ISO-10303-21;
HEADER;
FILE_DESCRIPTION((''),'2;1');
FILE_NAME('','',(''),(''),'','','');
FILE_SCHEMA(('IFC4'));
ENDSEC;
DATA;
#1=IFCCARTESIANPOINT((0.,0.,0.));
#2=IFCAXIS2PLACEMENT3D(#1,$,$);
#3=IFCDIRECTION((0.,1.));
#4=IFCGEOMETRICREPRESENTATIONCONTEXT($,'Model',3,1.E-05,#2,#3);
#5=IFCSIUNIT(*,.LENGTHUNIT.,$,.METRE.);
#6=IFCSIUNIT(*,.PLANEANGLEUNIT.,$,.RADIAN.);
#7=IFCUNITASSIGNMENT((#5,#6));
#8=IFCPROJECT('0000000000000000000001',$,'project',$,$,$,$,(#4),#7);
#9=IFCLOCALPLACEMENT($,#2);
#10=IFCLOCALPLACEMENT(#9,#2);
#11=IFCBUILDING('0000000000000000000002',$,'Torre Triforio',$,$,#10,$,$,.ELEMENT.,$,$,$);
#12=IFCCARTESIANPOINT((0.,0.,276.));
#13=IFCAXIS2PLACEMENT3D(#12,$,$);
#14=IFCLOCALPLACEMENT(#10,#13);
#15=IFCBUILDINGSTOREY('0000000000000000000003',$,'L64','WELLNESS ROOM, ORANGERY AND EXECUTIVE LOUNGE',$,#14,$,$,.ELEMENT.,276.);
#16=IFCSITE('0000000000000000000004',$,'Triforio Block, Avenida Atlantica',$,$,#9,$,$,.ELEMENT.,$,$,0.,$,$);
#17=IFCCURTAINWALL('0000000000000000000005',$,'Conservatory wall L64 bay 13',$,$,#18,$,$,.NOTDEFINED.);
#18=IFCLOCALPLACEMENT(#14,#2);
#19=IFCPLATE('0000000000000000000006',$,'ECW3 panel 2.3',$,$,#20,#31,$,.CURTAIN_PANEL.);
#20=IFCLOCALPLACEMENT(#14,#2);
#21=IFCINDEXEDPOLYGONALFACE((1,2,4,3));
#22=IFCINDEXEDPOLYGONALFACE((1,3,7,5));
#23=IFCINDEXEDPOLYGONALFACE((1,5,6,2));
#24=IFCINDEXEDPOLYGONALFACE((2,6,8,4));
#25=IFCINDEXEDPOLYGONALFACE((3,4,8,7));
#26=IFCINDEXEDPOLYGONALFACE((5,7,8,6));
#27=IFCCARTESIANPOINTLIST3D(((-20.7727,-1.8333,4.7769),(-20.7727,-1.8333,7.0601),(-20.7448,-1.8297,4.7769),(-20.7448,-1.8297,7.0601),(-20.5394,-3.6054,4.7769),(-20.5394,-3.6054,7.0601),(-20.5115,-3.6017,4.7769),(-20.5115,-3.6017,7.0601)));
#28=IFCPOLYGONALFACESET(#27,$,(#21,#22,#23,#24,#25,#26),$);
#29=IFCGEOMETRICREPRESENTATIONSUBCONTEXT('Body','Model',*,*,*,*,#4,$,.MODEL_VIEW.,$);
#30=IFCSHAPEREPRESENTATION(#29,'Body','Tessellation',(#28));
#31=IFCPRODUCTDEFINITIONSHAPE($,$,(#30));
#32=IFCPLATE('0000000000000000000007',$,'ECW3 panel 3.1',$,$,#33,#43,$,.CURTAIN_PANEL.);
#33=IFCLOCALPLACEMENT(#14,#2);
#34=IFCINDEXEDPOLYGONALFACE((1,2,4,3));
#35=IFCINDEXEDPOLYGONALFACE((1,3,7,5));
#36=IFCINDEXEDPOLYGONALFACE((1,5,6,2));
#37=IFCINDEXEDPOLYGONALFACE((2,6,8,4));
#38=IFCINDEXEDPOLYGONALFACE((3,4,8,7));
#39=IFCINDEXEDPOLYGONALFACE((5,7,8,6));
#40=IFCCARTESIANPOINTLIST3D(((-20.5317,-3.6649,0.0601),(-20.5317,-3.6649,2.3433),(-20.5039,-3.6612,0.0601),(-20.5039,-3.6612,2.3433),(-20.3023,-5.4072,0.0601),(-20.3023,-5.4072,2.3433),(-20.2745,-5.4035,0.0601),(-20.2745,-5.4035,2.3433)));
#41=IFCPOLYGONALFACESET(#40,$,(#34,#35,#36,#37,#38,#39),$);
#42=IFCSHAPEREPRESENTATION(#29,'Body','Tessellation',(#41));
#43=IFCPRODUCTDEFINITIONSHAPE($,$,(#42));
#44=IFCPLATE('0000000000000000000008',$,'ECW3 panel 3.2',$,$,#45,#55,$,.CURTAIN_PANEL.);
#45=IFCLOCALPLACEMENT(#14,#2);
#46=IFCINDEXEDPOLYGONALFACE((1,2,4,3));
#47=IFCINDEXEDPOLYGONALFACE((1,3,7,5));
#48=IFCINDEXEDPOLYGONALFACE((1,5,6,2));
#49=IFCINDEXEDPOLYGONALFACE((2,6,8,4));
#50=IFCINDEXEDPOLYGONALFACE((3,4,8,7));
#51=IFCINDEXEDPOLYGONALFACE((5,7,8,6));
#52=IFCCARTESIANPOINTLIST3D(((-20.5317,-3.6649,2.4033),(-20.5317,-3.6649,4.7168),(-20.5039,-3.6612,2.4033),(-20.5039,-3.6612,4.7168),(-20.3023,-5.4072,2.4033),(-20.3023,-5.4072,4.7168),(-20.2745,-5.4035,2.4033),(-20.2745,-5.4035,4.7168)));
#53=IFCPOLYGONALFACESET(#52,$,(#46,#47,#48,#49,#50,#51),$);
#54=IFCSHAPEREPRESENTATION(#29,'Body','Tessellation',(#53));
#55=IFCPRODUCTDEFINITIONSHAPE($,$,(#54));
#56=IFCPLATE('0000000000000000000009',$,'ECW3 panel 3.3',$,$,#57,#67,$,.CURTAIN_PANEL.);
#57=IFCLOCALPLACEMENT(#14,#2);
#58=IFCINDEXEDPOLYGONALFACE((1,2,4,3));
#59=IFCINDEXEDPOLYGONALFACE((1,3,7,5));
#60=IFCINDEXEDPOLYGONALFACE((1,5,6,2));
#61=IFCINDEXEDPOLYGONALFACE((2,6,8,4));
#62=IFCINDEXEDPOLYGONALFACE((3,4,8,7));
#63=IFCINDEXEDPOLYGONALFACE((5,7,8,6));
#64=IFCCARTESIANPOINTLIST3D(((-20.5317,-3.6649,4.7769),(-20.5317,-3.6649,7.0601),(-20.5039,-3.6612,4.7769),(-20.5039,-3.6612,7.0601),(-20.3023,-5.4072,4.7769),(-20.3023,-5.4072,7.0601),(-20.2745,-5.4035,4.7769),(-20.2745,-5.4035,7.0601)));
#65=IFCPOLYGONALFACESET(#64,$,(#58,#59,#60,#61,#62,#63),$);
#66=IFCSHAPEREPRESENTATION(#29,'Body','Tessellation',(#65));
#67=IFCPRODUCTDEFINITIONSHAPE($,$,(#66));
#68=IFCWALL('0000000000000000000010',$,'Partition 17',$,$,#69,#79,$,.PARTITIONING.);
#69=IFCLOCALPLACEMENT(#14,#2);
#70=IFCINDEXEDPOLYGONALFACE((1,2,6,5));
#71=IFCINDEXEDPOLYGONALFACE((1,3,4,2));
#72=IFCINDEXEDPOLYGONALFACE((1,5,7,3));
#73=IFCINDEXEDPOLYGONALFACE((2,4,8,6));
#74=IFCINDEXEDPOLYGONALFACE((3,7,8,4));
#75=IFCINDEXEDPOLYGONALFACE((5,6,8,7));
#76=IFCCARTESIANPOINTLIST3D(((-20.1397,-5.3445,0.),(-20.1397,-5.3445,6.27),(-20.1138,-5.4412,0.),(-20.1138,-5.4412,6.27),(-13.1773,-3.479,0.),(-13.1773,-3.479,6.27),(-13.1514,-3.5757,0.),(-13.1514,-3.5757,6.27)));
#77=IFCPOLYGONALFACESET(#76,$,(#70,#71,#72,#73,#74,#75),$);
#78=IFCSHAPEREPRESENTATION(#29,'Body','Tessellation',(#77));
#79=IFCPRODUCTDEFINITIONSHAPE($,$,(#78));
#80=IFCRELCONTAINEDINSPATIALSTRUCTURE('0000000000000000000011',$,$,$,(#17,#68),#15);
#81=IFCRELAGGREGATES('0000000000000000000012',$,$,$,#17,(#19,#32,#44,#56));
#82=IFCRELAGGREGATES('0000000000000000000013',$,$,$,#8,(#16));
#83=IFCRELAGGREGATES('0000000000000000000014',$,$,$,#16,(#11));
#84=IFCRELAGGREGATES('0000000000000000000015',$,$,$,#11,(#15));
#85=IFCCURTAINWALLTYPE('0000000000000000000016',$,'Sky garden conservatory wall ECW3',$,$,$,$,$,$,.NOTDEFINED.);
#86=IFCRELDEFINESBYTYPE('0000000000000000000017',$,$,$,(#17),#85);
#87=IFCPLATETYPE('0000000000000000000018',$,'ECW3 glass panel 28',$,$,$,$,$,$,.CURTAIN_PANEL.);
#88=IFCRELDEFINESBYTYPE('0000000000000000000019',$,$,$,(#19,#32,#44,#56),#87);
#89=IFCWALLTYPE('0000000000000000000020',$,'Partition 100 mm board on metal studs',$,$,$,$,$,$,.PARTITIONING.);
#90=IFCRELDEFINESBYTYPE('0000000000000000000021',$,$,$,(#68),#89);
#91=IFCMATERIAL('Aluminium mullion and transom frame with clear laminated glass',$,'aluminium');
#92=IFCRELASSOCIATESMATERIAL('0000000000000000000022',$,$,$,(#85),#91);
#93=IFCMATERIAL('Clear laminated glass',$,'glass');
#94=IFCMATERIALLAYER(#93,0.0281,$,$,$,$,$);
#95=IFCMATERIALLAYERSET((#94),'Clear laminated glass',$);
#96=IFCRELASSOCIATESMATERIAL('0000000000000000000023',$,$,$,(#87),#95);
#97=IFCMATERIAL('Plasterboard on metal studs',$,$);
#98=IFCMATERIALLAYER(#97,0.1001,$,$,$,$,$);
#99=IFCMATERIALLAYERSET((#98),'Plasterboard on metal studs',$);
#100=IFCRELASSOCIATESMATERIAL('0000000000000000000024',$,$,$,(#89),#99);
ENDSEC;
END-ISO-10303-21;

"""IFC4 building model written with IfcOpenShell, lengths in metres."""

from ifc_helpers import new_model, si_unit, direction, frame, frame_2d, origin, origin_2d, place, context, subcontext, project, spatial, rectangle, extrude, material, layer, layer_set, type_object, element, aggregate, save


model = new_model("IFC4")

# Units and contexts
model_context = context("Model", 3, precision=1e-05, world=origin(), true_north=direction((0.0, 1.0)))
body_context = subcontext(model_context, "Body", "Model", "MODEL_VIEW")
ifc_project = project(units=[si_unit("LENGTHUNIT", "METRE"), si_unit("PLANEANGLEUNIT", "RADIAN")], contexts=[model_context])

# Site, building, storey
site_placement = place(None, origin())
site = spatial("IfcSite", under=ifc_project, at=site_placement, Name="Triforio Block, Avenida Atlantica", CompositionType="ELEMENT", RefElevation=0.0)
building_placement = place(site_placement, origin())
building = spatial("IfcBuilding", under=site, at=building_placement, Name="Torre Triforio", CompositionType="ELEMENT")
storey_placement = place(building_placement, frame((0.0, 0.0, 276.0)))
storey = spatial("IfcBuildingStorey", under=building, at=storey_placement, Name="L64", Description="WELLNESS ROOM, ORANGERY AND EXECUTIVE LOUNGE", CompositionType="ELEMENT", Elevation=276.0)

# Curtain wall, plates
ifc_material_1 = material(Name="Aluminium mullion and transom frame with clear laminated glass", Category="aluminium")
curtain_wall_type = type_object("IfcCurtainWallType", Name="Sky garden conservatory wall ECW3", PredefinedType="NOTDEFINED", material=ifc_material_1)
curtain_wall_placement = place(storey_placement, origin())
curtain_wall = element("IfcCurtainWall", 1, at=curtain_wall_placement, inside=storey, type_object=curtain_wall_type, Name="Conservatory wall L64 bay 13", PredefinedType="NOTDEFINED")
ifc_material_2 = material(Name="Clear laminated glass", Category="glass")
ifc_layer_1 = layer(ifc_material_2, 0.0281)
ifc_layer_set_1 = layer_set([ifc_layer_1], Name="Clear laminated glass")
plate_type = type_object("IfcPlateType", Name="ECW3 glass panel 28", PredefinedType="CURTAIN_PANEL", material=ifc_layer_set_1)
plate_1_placement = place(storey_placement, frame((-20.6421, -2.7175, 4.7769), z_axis=(0.0, 0.0, 1.0), x_axis=(0.13053, -0.991444, 0.0)))
plate_1 = element("IfcPlate", 2, at=plate_1_placement, type_object=plate_type, Name="ECW3 panel 2.3", PredefinedType="CURTAIN_PANEL", context=body_context, shape_type="SweptSolid", body=[
    extrude(rectangle(XDim=1.7874, YDim=0.0281, at=origin_2d()), origin(), (0.0, 0.0, 1.0), 2.2832),
])
plate_2_placement = place(storey_placement, frame((-20.4031, -4.5342, 0.0601), z_axis=(0.0, 0.0, 1.0), x_axis=(0.13053, -0.991444, 0.0)))
plate_2 = element("IfcPlate", 3, at=plate_2_placement, type_object=plate_type, Name="ECW3 panel 3.1", PredefinedType="CURTAIN_PANEL", context=body_context, shape_type="SweptSolid", body=[
    extrude(rectangle(XDim=1.7573, YDim=0.0281, at=origin_2d()), origin(), (0.0, 0.0, 1.0), 2.2832),
])
plate_3_placement = place(storey_placement, frame((-20.4031, -4.5342, 2.4033), z_axis=(0.0, 0.0, 1.0), x_axis=(0.13053, -0.991444, 0.0)))
plate_3 = element("IfcPlate", 4, at=plate_3_placement, type_object=plate_type, Name="ECW3 panel 3.2", PredefinedType="CURTAIN_PANEL", context=body_context, shape_type="SweptSolid", body=[
    extrude(rectangle(XDim=1.7573, YDim=0.0281, at=origin_2d()), origin(), (0.0, 0.0, 1.0), 2.3135),
])
plate_4_placement = place(storey_placement, frame((-20.4031, -4.5342, 4.7769), z_axis=(0.0, 0.0, 1.0), x_axis=(0.13053, -0.991444, 0.0)))
plate_4 = element("IfcPlate", 5, at=plate_4_placement, type_object=plate_type, Name="ECW3 panel 3.3", PredefinedType="CURTAIN_PANEL", context=body_context, shape_type="SweptSolid", body=[
    extrude(rectangle(XDim=1.7573, YDim=0.0281, at=origin_2d()), origin(), (0.0, 0.0, 1.0), 2.2832),
])
aggregate(curtain_wall, [plate_1, plate_2, plate_3, plate_4])

# Wall
ifc_material_3 = material(Name="Plasterboard on metal studs")
ifc_layer_2 = layer(ifc_material_3, 0.1001)
ifc_layer_set_2 = layer_set([ifc_layer_2], Name="Plasterboard on metal studs")
wall_type_1 = type_object("IfcWallType", Name="Partition 100 mm board on metal studs", PredefinedType="PARTITIONING", material=ifc_layer_set_2)
wall_1_placement = place(storey_placement, frame((-13.1643, -3.5273, 0.0), z_axis=(0.0, 0.0, 1.0), x_axis=(-0.965929, -0.258807, 0.0)))
element("IfcWall", 6, at=wall_1_placement, inside=storey, type_object=wall_type_1, Name="Partition 17", PredefinedType="PARTITIONING", context=body_context, shape_type="SweptSolid", body=[
    extrude(rectangle(XDim=7.208, YDim=0.1001, at=frame_2d((3.604, 0.0))), origin(), (0.0, 0.0, 1.0), 6.27),
])

save(model, "model.ifc")
